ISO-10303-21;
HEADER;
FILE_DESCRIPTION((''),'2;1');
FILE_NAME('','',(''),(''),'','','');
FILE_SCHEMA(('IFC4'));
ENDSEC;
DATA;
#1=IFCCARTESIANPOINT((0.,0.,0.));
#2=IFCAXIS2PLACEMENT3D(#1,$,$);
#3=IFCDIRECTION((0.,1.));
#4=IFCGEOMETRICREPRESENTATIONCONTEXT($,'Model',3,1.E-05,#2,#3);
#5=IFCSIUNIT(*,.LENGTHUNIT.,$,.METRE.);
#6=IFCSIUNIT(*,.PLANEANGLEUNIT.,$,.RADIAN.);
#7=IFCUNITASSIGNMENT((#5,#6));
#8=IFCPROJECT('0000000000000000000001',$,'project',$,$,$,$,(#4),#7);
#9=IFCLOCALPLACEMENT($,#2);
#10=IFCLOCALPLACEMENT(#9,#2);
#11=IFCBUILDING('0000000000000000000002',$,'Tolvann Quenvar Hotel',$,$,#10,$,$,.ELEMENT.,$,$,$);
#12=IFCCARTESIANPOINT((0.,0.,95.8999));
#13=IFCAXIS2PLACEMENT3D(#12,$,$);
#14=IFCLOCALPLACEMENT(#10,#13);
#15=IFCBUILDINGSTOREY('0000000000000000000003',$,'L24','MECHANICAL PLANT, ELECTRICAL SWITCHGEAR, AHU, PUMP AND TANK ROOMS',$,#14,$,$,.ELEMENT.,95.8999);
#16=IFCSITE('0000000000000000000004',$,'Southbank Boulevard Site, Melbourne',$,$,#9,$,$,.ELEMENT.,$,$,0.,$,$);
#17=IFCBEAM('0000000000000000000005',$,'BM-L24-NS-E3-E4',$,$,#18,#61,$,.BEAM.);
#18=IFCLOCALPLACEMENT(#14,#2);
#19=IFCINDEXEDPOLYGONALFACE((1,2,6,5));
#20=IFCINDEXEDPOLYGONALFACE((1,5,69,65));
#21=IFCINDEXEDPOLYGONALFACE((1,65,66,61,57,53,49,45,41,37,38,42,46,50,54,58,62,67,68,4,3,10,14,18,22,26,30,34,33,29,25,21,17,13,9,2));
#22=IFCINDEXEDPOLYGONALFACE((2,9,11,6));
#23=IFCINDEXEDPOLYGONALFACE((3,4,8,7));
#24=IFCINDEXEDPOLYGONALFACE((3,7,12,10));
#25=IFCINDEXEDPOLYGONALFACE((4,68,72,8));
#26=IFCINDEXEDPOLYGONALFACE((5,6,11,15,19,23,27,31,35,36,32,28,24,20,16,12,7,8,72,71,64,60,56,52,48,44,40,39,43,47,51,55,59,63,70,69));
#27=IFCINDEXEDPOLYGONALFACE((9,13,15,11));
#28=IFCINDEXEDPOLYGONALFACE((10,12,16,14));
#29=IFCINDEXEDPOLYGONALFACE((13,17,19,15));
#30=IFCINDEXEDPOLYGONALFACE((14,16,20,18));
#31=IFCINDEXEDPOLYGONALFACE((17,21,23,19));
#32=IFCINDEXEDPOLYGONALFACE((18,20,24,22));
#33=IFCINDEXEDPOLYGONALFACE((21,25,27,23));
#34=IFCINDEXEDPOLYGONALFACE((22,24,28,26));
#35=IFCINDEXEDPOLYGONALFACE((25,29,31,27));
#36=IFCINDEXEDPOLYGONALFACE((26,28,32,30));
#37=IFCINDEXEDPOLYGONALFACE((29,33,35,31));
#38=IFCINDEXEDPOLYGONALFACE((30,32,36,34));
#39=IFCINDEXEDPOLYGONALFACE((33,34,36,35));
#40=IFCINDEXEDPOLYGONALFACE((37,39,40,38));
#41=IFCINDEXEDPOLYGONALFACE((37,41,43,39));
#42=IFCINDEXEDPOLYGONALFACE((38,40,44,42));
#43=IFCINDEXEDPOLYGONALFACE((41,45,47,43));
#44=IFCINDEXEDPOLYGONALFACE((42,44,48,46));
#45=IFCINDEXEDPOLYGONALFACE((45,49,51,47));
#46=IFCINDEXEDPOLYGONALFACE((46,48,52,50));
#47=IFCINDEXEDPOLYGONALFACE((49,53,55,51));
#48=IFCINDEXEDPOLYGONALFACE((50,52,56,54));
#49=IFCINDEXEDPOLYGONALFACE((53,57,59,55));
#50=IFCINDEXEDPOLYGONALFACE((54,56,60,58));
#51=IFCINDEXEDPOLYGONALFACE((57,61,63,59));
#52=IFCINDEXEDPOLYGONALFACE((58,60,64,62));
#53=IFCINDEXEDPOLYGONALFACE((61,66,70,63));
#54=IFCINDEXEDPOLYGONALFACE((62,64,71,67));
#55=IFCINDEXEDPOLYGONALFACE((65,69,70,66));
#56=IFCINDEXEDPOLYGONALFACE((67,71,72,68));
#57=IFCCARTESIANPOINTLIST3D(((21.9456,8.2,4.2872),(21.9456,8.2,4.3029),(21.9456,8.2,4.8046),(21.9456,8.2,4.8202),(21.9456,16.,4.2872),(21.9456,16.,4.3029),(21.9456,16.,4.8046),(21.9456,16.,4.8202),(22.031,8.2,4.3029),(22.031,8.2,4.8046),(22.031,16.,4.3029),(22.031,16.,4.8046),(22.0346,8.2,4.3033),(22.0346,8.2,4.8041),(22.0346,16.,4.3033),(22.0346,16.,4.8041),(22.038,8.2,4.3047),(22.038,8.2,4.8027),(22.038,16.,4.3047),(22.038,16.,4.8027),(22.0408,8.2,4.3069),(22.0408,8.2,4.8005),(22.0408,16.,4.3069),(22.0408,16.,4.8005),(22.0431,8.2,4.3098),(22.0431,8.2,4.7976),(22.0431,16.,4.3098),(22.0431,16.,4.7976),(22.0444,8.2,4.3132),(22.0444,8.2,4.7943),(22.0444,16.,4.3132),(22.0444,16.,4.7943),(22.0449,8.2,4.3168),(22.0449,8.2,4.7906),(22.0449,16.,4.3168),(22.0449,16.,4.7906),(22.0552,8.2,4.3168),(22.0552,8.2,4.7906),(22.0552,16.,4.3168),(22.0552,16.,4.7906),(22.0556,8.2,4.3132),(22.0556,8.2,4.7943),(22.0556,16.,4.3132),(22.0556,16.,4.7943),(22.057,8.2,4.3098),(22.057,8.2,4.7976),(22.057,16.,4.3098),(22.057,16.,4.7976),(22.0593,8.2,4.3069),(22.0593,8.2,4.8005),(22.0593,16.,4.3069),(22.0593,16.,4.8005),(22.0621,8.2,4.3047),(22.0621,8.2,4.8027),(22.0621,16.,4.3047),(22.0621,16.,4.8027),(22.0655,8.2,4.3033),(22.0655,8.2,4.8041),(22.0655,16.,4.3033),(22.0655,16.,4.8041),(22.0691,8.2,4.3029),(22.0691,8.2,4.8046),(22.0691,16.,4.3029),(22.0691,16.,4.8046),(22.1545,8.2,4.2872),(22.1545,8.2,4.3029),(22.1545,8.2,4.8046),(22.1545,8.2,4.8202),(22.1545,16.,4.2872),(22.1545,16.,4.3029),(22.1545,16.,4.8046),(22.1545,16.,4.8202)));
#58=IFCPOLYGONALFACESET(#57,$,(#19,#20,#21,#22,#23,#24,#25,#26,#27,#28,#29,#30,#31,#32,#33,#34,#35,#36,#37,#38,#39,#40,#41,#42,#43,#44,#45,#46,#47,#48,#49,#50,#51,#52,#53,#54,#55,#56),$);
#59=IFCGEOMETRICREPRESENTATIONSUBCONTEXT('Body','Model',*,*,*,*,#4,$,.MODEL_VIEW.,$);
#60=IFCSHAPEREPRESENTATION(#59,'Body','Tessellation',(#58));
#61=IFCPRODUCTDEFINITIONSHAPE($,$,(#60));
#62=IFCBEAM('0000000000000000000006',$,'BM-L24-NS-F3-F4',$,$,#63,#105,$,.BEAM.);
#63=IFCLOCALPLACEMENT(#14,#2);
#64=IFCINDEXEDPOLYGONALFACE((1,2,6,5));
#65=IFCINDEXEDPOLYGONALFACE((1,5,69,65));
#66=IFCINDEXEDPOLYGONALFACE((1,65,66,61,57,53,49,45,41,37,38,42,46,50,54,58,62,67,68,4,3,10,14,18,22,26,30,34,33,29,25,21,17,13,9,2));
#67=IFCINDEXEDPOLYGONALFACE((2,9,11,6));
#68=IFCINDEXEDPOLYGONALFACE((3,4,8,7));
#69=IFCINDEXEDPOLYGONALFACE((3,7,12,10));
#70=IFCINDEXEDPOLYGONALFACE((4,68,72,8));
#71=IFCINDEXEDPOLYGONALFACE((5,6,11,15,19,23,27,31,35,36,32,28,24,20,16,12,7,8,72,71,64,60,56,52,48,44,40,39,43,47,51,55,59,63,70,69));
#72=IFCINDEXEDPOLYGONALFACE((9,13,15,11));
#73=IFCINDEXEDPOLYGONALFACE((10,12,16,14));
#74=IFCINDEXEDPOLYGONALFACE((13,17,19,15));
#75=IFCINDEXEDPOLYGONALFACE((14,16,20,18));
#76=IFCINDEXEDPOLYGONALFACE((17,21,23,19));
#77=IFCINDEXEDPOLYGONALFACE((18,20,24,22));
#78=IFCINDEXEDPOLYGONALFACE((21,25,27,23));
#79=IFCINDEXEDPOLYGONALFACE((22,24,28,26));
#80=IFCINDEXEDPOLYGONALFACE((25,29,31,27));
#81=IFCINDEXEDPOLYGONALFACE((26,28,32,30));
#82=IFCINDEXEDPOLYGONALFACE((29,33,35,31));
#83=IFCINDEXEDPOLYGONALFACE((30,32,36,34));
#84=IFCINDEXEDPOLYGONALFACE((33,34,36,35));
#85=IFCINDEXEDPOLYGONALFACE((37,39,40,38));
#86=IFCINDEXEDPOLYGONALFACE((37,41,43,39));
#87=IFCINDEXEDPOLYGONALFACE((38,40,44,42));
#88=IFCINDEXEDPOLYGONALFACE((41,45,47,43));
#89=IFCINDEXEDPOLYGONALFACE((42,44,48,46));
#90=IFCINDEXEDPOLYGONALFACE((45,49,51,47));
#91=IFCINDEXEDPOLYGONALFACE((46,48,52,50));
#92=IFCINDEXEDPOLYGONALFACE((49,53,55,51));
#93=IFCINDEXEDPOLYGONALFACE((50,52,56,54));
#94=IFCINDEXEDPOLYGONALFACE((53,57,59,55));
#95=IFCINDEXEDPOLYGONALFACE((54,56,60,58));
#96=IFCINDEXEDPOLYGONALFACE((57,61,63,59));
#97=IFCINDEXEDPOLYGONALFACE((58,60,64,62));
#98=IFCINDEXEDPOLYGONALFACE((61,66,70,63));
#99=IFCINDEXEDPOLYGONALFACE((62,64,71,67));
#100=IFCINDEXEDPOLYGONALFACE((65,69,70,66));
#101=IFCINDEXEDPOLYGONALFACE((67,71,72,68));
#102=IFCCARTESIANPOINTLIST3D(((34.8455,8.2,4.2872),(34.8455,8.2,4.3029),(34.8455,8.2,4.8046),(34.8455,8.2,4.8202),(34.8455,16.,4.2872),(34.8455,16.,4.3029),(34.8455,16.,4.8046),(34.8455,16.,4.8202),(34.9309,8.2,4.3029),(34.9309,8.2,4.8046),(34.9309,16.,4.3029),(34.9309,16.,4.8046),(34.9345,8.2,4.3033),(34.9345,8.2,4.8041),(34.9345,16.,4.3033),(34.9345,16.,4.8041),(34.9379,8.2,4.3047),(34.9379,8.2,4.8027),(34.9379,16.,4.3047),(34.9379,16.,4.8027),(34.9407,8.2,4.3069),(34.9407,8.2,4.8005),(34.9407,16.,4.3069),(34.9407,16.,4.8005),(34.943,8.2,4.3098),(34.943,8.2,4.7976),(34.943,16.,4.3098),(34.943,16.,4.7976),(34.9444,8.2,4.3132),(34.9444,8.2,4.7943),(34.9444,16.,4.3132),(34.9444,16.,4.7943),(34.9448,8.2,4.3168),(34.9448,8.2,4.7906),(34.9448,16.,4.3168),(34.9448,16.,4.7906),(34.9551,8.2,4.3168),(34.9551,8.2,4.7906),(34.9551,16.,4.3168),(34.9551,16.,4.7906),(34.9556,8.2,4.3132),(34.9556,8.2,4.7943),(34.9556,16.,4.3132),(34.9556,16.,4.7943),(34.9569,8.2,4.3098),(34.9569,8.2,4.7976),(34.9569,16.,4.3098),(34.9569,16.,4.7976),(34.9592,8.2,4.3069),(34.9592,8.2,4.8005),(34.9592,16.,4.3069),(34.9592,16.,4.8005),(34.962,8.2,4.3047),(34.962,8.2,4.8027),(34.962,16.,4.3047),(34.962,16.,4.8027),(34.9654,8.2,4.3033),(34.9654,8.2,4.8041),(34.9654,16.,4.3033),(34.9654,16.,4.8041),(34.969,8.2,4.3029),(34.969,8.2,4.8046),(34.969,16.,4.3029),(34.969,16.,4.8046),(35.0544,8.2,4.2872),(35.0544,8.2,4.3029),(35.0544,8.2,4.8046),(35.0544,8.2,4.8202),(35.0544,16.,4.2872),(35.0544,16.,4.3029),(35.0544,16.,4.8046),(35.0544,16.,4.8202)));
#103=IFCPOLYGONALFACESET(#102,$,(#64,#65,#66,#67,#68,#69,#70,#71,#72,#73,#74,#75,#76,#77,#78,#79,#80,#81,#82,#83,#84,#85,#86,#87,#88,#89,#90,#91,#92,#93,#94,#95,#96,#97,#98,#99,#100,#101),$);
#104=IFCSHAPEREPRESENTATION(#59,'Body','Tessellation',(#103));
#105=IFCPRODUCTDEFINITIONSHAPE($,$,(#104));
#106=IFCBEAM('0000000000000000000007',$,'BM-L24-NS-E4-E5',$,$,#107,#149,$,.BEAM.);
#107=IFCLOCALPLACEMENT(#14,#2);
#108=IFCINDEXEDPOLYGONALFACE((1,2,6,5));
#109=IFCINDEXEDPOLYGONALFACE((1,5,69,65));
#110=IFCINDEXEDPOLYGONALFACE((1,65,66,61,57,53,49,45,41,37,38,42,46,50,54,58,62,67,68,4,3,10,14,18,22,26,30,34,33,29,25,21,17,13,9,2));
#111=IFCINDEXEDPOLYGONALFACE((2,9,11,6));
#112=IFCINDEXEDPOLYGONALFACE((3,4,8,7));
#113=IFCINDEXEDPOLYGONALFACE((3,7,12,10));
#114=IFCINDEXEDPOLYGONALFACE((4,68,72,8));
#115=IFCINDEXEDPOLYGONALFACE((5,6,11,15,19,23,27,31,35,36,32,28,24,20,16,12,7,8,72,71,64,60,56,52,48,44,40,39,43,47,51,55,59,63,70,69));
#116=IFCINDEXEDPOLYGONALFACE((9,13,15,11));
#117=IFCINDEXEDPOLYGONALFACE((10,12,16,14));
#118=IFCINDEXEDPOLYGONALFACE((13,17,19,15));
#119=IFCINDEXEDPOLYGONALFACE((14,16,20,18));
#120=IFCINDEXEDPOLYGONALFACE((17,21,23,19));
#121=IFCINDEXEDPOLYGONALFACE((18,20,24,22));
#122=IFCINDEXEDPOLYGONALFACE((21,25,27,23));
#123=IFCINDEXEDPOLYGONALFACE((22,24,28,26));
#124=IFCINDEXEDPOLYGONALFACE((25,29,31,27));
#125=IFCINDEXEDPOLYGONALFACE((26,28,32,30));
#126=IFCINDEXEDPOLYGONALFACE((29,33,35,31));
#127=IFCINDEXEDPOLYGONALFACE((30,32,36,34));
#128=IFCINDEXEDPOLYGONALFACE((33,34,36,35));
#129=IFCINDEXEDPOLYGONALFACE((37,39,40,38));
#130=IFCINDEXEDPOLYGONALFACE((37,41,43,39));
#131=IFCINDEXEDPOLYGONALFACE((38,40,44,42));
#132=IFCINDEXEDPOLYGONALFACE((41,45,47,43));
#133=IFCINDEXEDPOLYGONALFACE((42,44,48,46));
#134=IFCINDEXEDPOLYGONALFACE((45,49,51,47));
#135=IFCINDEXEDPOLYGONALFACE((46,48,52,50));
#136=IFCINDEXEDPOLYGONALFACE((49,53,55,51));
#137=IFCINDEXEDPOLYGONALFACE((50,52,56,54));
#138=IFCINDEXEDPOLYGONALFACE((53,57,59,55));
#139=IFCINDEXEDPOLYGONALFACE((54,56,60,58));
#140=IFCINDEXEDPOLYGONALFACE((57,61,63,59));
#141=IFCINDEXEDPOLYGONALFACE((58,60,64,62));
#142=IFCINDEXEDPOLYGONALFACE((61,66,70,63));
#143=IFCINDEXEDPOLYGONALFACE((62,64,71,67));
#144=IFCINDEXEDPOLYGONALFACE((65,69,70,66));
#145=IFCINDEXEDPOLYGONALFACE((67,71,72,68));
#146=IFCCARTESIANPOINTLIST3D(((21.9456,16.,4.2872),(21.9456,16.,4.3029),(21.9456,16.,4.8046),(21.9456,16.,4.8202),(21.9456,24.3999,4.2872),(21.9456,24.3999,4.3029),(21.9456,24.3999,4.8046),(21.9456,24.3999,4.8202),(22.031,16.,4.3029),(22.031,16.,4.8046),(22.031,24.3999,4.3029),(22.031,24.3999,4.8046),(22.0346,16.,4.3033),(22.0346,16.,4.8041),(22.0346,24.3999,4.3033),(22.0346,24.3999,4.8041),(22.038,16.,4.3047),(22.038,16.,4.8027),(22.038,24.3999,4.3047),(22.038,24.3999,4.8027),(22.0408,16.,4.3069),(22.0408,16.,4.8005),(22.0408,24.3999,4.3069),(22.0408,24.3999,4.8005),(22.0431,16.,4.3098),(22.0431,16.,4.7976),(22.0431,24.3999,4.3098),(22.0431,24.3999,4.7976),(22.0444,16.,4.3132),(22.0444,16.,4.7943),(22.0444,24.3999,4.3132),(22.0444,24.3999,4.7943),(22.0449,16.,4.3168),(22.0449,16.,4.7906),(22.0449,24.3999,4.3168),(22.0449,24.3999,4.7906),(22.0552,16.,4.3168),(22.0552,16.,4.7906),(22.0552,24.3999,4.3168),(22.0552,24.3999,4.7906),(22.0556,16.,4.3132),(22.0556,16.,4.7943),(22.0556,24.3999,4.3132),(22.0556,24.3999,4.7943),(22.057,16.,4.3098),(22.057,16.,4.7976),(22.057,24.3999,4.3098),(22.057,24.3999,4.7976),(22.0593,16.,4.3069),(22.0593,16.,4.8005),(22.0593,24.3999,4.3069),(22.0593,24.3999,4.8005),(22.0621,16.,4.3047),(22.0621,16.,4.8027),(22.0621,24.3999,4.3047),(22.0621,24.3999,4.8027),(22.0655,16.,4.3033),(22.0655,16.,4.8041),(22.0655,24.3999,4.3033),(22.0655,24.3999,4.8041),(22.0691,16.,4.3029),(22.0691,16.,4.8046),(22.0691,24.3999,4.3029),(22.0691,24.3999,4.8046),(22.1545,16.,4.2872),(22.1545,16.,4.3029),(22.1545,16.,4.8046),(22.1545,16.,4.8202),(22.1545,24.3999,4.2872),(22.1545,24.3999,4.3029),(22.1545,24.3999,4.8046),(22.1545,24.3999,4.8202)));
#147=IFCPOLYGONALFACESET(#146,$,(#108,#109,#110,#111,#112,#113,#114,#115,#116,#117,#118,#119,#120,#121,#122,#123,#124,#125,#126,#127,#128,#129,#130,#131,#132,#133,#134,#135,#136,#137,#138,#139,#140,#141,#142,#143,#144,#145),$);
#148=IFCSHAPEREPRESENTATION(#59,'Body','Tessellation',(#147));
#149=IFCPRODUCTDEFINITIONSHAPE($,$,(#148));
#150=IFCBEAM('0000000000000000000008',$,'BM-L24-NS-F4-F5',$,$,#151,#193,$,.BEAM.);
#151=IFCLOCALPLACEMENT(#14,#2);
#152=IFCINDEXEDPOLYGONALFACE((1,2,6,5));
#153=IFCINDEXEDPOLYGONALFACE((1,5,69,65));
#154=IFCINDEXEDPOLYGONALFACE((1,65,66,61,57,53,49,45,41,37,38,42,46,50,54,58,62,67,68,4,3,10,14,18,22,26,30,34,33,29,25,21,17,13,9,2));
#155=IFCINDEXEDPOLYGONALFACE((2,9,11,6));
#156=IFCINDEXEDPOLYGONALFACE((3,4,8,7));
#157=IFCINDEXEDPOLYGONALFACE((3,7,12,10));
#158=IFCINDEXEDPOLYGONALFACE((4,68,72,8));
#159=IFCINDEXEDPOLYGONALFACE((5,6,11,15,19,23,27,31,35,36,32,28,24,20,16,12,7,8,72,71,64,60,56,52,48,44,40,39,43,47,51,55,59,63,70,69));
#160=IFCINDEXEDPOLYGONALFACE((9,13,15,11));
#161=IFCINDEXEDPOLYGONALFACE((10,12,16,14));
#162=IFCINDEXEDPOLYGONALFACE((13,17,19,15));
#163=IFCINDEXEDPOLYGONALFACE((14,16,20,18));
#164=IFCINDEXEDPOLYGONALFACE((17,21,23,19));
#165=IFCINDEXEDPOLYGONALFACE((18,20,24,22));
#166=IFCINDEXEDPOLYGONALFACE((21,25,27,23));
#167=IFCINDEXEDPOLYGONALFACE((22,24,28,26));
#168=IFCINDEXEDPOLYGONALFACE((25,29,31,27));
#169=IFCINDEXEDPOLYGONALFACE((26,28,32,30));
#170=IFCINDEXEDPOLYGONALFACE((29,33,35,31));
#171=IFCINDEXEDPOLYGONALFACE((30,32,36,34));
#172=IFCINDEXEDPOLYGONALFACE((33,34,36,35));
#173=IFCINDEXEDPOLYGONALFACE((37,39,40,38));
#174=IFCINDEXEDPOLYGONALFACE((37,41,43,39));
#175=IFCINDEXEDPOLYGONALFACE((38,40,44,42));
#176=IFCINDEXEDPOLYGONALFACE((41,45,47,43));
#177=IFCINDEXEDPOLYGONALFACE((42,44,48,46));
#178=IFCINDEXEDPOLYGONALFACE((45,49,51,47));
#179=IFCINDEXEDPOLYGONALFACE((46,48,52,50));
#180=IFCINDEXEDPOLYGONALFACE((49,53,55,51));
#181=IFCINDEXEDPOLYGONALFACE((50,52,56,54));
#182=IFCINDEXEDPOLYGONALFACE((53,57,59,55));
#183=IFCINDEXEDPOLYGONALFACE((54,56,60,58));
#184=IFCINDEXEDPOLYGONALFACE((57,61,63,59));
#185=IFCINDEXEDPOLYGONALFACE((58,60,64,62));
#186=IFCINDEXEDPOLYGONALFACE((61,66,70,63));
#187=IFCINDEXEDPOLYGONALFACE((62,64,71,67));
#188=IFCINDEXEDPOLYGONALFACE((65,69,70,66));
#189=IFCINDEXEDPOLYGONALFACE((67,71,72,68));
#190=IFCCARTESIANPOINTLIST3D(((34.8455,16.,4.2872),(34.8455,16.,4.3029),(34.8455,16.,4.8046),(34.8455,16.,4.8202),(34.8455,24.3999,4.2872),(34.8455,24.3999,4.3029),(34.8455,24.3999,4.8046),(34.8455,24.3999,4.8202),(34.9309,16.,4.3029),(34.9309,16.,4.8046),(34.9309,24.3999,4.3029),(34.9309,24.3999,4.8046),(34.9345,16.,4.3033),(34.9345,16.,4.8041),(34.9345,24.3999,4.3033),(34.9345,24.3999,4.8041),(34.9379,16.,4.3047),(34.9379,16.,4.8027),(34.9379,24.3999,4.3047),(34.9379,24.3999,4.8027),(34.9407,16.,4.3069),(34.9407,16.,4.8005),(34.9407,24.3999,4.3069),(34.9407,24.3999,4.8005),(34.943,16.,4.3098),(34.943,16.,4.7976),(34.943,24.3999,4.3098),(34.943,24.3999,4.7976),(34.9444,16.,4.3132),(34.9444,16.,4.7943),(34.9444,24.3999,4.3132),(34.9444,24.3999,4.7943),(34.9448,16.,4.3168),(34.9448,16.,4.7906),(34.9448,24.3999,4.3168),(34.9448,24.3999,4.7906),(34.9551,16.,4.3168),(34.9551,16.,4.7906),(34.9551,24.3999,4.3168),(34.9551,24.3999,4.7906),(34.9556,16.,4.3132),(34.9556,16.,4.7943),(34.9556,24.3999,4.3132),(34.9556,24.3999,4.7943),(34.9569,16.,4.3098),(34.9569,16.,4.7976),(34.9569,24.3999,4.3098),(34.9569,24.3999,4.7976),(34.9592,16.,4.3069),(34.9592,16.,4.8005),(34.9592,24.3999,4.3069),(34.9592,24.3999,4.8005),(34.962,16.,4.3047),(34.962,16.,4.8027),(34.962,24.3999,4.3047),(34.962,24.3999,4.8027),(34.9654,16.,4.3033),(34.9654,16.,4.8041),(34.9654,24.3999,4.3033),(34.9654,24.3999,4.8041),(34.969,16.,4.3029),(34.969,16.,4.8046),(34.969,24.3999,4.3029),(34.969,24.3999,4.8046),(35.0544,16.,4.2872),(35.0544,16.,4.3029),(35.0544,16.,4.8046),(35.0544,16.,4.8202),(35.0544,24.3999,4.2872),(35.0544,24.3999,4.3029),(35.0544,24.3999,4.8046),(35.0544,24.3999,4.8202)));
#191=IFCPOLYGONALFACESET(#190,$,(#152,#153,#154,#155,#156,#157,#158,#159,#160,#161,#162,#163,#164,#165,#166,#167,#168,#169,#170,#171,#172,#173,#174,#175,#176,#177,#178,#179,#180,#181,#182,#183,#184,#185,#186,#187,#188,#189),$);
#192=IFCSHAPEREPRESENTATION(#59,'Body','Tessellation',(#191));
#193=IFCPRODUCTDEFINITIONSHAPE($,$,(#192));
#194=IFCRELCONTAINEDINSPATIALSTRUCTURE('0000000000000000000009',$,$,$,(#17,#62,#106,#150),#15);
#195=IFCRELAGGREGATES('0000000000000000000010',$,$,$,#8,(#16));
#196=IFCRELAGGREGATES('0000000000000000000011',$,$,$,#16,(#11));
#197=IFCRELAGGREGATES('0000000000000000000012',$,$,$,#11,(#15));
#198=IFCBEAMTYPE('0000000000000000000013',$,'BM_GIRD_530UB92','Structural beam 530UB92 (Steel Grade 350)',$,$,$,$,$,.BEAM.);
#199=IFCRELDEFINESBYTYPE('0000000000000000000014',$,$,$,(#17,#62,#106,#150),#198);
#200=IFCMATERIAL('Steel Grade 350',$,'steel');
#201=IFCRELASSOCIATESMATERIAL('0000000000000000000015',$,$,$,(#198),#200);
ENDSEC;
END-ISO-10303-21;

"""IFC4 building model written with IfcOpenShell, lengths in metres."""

from ifc_helpers import new_model, si_unit, direction, frame, origin, origin_2d, place, context, subcontext, project, spatial, i_section, extrude, source, transform, mapped, material, material_profile, profile_set, type_object, element, save


model = new_model("IFC4")

# Units and contexts
model_context = context("Model", 3, precision=1e-05, world=origin(), true_north=direction((0.0, 1.0)))
body_context = subcontext(model_context, "Body", "Model", "MODEL_VIEW")
ifc_project = project(units=[si_unit("LENGTHUNIT", "METRE"), si_unit("PLANEANGLEUNIT", "RADIAN")], contexts=[model_context])

# Site, building, storey
site_placement = place(None, origin())
site = spatial("IfcSite", under=ifc_project, at=site_placement, Name="Southbank Boulevard Site, Melbourne", CompositionType="ELEMENT", RefElevation=0.0)
building_placement = place(site_placement, origin())
building = spatial("IfcBuilding", under=site, at=building_placement, Name="Tolvann Quenvar Hotel", CompositionType="ELEMENT")
storey_placement = place(building_placement, frame((0.0, 0.0, 95.8999)))
storey = spatial("IfcBuildingStorey", under=building, at=storey_placement, Name="L24", Description="MECHANICAL PLANT, ELECTRICAL SWITCHGEAR, AHU, PUMP AND TANK ROOMS", CompositionType="ELEMENT", Elevation=95.8999)

# Beams
ifc_material_1 = material(Name="Steel Grade 350", Category="steel")
ifc_material_profile_1 = material_profile(ifc_material_1, i_section(OverallWidth=0.209, OverallDepth=0.533, WebThickness=0.0103, FlangeThickness=0.0156, FilletRadius=0.0139, at=origin_2d()), Name="530UB92")
ifc_profile_set_1 = profile_set([ifc_material_profile_1], Name="Steel Grade 350")
beam_type_1 = type_object("IfcBeamType", Name="BM_GIRD_530UB92", Description="Structural beam 530UB92 (Steel Grade 350)", PredefinedType="BEAM", material=ifc_profile_set_1)
shared_shape_1 = source(origin(), body_context, "Body", "SweptSolid", [
    extrude(i_section(OverallWidth=0.209, OverallDepth=0.533, WebThickness=0.0103, FlangeThickness=0.0156, FilletRadius=0.0139, at=origin_2d()), origin(), (0.0, 0.0, 1.0), 7.8),
])
for number, where, z_axis, x_axis, name in (
    (1, (22.05, 8.2, 4.5537), (0.0, 1.0, 0.0), (-1.0, 0.0, 0.0), "BM-L24-NS-E3-E4"),
    (2, (34.95, 8.2, 4.5537), (0.0, 1.0, 0.0), (-1.0, 0.0, 0.0), "BM-L24-NS-F3-F4"),
):
    element("IfcBeam", number, at=place(storey_placement, frame(where, z_axis=z_axis, x_axis=x_axis)), inside=storey, type_object=beam_type_1, Name=name, PredefinedType="BEAM", context=body_context, shape_type="MappedRepresentation", body=[
        mapped(shared_shape_1, transform((0.0, 0.0, 0.0), x_axis=(1.0, 0.0, 0.0), y_axis=(0.0, 1.0, 0.0), z_axis=(0.0, 0.0, 1.0), scale=1.0)),
    ])
shared_shape_2 = source(origin(), body_context, "Body", "SweptSolid", [
    extrude(i_section(OverallWidth=0.209, OverallDepth=0.533, WebThickness=0.0103, FlangeThickness=0.0156, FilletRadius=0.0139, at=origin_2d()), origin(), (0.0, 0.0, 1.0), 8.3999),
])
for number, where, z_axis, x_axis, name in (
    (3, (22.05, 16.0, 4.5537), (0.0, 1.0, 0.0), (-1.0, 0.0, 0.0), "BM-L24-NS-E4-E5"),
    (4, (34.95, 16.0, 4.5537), (0.0, 1.0, 0.0), (-1.0, 0.0, 0.0), "BM-L24-NS-F4-F5"),
):
    element("IfcBeam", number, at=place(storey_placement, frame(where, z_axis=z_axis, x_axis=x_axis)), inside=storey, type_object=beam_type_1, Name=name, PredefinedType="BEAM", context=body_context, shape_type="MappedRepresentation", body=[
        mapped(shared_shape_2, transform((0.0, 0.0, 0.0), x_axis=(1.0, 0.0, 0.0), y_axis=(0.0, 1.0, 0.0), z_axis=(0.0, 0.0, 1.0), scale=1.0)),
    ])

save(model, "model.ifc")
